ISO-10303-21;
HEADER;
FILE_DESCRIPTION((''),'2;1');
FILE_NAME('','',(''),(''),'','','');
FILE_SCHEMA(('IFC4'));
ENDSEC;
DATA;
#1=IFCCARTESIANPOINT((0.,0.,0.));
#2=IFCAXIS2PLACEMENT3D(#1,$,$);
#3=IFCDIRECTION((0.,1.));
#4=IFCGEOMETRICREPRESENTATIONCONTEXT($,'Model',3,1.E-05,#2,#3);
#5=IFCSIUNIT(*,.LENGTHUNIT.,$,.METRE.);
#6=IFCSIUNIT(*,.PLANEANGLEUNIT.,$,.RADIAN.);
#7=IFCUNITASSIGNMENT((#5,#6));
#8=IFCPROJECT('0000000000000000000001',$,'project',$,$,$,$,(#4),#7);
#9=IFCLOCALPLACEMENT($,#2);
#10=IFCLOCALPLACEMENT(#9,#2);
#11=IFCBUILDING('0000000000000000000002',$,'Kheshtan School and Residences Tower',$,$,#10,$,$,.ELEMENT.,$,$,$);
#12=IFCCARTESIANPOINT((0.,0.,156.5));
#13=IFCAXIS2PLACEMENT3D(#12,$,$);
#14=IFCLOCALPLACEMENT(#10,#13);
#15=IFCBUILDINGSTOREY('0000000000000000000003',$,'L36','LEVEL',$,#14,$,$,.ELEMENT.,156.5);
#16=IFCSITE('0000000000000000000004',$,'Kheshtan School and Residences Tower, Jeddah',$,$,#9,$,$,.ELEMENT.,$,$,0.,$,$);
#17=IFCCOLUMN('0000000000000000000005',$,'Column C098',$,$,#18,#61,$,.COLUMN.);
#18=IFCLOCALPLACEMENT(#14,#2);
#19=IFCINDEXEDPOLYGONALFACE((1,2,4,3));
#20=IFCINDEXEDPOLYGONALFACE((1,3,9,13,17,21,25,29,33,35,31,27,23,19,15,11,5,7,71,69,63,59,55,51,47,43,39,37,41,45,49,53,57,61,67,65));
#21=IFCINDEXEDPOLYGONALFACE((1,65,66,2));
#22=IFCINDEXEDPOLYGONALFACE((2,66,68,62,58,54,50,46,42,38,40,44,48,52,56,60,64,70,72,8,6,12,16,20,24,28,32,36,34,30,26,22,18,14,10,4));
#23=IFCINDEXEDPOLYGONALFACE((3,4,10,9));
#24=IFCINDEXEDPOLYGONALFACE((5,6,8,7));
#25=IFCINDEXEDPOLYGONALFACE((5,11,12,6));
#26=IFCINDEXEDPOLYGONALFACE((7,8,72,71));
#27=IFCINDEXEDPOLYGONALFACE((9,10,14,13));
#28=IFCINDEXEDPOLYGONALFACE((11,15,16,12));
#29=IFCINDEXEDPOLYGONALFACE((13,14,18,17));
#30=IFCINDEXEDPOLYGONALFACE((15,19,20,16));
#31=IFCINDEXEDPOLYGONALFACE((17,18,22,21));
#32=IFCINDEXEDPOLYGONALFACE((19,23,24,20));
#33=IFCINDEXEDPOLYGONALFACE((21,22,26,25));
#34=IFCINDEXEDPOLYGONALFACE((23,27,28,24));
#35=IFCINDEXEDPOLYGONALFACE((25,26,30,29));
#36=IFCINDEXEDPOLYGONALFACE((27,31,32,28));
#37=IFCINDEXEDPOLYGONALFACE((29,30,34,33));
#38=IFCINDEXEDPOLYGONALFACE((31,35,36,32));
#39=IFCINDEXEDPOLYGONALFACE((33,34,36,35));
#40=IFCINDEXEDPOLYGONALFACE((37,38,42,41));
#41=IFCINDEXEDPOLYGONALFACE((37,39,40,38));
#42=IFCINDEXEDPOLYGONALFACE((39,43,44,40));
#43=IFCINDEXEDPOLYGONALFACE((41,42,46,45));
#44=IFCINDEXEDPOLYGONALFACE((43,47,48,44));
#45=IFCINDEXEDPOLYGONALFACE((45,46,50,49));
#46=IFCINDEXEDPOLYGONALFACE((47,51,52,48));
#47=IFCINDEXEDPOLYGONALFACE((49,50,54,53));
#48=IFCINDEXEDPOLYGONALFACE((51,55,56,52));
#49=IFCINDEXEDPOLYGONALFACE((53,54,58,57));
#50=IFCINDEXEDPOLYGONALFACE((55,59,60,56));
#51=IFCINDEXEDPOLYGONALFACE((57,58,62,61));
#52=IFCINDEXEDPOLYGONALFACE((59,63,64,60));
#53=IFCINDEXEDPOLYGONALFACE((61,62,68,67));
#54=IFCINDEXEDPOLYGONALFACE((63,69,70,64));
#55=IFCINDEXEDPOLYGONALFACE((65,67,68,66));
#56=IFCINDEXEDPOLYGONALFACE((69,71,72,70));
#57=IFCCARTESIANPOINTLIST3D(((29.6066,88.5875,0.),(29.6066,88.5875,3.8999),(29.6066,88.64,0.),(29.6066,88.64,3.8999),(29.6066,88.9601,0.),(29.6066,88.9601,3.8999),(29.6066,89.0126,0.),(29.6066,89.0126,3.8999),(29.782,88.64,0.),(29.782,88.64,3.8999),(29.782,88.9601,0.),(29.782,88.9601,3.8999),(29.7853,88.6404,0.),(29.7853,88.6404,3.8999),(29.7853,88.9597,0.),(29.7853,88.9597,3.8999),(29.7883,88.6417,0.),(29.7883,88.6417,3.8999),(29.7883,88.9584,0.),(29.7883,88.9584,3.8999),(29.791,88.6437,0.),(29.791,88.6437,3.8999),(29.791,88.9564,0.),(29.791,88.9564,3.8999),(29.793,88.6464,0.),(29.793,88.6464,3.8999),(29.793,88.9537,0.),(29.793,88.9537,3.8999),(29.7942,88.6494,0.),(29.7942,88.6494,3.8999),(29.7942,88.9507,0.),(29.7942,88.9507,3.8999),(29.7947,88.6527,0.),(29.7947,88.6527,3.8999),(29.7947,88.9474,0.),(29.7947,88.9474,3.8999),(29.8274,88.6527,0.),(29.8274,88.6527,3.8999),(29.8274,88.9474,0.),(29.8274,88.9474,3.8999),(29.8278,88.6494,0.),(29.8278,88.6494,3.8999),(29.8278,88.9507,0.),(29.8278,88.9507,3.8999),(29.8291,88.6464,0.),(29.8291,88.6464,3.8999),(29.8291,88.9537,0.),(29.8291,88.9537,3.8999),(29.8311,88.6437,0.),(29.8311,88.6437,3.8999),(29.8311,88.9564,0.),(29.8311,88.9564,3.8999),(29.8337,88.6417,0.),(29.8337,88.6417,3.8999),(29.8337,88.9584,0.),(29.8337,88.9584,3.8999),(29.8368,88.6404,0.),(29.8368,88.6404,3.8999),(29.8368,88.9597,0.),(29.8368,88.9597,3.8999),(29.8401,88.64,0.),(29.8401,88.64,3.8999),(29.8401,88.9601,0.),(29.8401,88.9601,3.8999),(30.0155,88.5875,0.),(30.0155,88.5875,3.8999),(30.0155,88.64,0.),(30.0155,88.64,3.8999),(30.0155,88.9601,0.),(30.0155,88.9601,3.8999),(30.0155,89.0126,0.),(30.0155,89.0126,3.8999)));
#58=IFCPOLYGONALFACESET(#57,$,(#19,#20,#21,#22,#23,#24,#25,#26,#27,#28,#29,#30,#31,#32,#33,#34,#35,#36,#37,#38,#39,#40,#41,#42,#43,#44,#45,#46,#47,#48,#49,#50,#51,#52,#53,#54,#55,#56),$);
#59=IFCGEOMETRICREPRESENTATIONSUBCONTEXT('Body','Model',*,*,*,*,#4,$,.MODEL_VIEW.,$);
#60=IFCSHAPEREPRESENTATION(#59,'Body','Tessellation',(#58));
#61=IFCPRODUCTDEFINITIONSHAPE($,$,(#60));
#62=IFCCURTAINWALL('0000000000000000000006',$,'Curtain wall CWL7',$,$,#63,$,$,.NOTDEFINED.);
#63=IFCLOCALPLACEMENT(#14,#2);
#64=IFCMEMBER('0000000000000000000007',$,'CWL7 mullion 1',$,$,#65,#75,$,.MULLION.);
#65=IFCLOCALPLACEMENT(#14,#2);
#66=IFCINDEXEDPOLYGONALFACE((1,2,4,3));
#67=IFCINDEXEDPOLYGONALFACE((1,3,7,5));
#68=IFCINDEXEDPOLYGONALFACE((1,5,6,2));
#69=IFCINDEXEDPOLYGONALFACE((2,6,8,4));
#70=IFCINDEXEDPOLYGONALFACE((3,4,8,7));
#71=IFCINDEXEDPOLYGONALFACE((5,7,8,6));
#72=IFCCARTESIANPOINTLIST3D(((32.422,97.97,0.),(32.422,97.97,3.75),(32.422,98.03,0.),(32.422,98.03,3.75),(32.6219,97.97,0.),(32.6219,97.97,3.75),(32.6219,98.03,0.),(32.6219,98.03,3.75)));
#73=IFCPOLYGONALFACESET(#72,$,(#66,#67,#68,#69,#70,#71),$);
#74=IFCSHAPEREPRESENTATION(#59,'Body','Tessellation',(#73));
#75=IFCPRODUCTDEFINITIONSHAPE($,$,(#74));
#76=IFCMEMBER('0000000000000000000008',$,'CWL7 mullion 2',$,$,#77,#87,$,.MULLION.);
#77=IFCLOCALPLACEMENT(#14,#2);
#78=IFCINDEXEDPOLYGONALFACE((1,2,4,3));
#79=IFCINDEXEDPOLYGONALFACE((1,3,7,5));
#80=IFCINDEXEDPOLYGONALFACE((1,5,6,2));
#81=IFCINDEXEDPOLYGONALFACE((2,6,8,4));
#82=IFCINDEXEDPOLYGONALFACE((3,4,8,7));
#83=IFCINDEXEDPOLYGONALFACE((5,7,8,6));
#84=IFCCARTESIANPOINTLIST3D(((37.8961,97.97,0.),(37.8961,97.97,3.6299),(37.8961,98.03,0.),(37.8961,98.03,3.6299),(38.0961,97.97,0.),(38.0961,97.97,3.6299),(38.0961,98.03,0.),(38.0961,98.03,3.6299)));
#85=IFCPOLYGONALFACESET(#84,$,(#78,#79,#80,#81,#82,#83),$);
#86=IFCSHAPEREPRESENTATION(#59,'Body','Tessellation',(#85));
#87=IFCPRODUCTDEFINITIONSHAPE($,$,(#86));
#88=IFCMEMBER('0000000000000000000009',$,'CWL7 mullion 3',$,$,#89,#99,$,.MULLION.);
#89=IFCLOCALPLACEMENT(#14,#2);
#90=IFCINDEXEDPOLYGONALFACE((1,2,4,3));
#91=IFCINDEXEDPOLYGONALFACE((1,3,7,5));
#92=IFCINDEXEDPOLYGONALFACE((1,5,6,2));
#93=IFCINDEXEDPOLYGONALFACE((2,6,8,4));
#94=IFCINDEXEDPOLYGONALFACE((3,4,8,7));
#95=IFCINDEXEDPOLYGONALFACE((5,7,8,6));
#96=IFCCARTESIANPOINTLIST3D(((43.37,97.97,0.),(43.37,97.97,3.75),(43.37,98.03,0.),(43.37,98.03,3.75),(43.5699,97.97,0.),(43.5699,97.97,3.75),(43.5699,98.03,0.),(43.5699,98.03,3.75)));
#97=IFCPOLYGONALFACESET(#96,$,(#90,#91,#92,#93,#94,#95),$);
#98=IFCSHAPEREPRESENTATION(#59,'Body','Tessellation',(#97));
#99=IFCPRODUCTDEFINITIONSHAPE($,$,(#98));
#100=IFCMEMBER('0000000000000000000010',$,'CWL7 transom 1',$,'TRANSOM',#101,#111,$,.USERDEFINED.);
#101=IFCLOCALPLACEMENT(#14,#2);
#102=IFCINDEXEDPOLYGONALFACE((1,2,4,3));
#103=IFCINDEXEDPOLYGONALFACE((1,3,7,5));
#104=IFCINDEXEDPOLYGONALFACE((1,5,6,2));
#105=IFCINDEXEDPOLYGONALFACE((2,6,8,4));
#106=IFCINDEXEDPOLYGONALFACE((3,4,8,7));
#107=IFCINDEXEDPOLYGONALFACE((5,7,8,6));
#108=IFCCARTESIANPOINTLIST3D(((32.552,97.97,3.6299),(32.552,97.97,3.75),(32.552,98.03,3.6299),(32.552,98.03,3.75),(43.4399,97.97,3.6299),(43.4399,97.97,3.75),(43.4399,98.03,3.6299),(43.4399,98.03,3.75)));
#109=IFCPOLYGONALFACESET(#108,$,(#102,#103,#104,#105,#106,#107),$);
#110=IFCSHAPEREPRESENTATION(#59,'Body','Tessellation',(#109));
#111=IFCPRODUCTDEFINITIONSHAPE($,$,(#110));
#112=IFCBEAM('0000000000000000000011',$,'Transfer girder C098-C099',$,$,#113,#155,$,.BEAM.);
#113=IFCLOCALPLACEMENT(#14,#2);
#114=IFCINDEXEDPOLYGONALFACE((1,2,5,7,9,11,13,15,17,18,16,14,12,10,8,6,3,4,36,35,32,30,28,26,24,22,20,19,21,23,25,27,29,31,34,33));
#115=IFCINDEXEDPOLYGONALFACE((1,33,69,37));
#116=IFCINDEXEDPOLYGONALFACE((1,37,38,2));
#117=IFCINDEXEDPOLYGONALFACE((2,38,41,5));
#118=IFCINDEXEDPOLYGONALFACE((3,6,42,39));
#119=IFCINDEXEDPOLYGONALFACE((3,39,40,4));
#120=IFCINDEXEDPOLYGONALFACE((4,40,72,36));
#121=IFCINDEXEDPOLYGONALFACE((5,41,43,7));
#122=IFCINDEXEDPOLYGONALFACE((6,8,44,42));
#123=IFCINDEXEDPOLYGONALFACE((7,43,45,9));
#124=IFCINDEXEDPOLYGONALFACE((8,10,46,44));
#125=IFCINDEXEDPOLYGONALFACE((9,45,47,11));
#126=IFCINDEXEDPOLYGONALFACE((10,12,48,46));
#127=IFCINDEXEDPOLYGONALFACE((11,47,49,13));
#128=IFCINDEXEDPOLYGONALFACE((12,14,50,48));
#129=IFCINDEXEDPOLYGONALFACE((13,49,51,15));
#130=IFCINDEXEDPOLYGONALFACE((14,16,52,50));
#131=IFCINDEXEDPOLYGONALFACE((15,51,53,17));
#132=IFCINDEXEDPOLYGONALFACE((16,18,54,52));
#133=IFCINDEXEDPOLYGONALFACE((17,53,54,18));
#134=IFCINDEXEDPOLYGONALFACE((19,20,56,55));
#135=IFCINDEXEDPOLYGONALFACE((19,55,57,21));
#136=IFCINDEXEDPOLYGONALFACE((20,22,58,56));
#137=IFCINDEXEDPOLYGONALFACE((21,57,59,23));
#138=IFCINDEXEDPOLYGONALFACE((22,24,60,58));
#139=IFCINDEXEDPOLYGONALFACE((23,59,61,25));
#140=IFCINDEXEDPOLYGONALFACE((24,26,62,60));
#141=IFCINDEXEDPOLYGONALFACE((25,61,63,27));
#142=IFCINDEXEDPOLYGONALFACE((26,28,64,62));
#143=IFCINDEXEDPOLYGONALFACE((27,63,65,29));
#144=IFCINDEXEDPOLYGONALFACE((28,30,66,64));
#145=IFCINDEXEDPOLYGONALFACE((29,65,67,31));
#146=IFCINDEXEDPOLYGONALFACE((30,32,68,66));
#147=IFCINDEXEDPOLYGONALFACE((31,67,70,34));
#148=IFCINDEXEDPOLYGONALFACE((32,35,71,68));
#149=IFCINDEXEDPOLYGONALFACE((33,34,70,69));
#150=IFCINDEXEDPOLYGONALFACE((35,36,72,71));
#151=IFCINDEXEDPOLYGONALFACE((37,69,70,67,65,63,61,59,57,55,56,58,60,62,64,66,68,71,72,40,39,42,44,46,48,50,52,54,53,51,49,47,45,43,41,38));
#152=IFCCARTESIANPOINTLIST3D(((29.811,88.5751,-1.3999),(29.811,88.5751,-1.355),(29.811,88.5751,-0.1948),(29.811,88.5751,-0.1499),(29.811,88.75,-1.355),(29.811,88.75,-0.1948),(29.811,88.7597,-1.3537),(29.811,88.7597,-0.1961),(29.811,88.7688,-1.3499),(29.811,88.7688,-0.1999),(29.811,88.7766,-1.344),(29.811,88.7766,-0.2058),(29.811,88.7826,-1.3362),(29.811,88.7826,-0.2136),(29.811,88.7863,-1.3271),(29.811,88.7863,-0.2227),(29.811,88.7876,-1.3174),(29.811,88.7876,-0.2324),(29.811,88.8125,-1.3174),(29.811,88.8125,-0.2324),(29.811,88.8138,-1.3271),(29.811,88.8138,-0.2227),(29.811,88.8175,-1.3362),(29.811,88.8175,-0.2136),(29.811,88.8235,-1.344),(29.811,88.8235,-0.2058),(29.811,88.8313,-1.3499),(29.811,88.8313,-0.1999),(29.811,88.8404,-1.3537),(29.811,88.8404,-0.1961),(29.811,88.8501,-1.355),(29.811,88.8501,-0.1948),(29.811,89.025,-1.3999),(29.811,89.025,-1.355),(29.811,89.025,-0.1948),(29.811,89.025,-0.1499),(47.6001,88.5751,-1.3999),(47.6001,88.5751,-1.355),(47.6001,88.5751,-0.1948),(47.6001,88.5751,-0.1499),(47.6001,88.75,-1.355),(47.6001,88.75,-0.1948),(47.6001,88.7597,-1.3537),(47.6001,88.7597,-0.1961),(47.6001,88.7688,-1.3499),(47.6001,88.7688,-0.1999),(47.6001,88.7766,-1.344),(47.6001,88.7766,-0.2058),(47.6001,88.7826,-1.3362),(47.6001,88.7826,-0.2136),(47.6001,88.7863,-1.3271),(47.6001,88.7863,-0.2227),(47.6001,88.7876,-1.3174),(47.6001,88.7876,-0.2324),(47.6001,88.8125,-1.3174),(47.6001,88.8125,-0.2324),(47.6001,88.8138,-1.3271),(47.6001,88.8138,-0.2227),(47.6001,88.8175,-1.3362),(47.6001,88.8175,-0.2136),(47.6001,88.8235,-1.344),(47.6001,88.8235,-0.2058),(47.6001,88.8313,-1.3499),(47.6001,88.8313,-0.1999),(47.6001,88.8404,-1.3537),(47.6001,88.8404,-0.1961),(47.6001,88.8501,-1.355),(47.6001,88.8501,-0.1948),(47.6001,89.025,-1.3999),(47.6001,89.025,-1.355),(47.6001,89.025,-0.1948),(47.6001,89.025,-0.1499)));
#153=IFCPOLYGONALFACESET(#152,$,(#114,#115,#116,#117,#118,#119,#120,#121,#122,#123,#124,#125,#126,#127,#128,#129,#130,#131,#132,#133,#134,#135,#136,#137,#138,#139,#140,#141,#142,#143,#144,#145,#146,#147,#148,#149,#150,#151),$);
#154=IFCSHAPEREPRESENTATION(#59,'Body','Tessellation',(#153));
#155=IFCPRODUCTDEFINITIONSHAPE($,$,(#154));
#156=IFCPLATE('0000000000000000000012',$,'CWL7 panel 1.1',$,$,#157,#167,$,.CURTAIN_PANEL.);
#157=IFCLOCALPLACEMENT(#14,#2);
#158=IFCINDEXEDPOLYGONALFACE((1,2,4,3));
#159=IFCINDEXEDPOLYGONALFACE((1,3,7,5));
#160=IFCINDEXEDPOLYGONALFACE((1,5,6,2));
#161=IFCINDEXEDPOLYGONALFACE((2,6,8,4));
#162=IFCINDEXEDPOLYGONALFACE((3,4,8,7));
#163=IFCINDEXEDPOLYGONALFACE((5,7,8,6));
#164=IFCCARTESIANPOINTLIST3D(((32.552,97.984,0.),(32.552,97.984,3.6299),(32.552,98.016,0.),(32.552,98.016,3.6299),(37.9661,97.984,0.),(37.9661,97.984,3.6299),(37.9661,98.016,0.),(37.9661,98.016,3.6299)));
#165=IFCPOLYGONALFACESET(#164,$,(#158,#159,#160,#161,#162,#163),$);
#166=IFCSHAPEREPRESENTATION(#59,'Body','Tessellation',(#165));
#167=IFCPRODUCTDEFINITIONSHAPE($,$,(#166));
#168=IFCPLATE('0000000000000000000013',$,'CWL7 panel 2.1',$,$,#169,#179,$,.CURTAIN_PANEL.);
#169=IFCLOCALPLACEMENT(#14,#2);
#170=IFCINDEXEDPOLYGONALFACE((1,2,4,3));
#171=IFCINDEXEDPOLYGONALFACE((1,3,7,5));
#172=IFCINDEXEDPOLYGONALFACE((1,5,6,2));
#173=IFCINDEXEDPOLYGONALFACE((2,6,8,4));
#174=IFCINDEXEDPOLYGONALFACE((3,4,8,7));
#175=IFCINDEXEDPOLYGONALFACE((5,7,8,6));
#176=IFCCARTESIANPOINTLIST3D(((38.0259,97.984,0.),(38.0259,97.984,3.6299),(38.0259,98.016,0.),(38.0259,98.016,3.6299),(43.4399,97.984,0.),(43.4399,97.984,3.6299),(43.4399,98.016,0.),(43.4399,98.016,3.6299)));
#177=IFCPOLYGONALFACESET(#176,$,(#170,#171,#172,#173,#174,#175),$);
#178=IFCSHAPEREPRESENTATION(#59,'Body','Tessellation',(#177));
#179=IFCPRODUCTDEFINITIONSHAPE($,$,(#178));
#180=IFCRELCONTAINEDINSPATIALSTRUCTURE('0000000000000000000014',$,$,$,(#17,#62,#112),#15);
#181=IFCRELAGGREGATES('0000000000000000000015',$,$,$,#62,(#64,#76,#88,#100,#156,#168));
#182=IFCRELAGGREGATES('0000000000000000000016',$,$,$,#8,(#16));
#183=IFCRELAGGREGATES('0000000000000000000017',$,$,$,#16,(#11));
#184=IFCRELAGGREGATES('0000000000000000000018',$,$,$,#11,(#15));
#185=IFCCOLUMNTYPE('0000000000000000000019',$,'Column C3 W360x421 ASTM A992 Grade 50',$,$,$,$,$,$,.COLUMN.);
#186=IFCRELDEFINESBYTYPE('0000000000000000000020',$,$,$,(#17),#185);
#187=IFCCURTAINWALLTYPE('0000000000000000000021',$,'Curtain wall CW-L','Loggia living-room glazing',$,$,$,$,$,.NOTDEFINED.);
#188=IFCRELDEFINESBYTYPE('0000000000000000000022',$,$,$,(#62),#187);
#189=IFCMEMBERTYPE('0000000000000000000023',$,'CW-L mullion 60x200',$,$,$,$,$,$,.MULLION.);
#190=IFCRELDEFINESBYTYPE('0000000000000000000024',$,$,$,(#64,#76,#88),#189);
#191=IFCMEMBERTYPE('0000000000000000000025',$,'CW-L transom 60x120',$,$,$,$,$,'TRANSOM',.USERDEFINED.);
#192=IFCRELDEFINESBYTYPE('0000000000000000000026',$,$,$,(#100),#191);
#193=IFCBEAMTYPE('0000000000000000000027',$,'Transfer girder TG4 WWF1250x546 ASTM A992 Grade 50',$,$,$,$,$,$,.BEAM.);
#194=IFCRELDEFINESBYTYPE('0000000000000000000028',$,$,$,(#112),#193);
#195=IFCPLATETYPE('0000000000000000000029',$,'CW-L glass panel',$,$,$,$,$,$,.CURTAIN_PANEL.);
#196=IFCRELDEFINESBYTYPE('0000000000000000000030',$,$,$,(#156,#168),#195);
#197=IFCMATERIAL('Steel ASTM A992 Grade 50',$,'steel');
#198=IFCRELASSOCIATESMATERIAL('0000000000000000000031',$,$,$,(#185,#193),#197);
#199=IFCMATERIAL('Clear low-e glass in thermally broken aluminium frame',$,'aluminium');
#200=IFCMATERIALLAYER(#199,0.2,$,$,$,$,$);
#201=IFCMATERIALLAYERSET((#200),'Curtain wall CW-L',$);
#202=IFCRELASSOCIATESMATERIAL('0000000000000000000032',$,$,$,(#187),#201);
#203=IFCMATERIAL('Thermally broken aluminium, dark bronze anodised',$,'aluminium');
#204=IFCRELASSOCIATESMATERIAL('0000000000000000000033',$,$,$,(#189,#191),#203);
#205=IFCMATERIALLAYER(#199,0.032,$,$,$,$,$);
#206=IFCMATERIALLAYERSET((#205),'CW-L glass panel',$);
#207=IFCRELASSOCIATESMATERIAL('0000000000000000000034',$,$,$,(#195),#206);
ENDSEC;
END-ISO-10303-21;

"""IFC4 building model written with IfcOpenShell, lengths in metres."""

from ifc_helpers import new_model, si_unit, direction, frame, origin, origin_2d, place, context, subcontext, project, spatial, rectangle, i_section, extrude, material, layer, layer_set, material_profile, profile_set, type_object, element, aggregate, save


model = new_model("IFC4")

# Units and contexts
model_context = context("Model", 3, precision=1e-05, world=origin(), true_north=direction((0.0, 1.0)))
body_context = subcontext(model_context, "Body", "Model", "MODEL_VIEW")
ifc_project = project(units=[si_unit("LENGTHUNIT", "METRE"), si_unit("PLANEANGLEUNIT", "RADIAN")], contexts=[model_context])

# Site, building, storey
site_placement = place(None, origin())
site = spatial("IfcSite", under=ifc_project, at=site_placement, Name="Kheshtan School and Residences Tower, Jeddah", CompositionType="ELEMENT", RefElevation=0.0)
building_placement = place(site_placement, origin())
building = spatial("IfcBuilding", under=site, at=building_placement, Name="Kheshtan School and Residences Tower", CompositionType="ELEMENT")
storey_placement = place(building_placement, frame((0.0, 0.0, 156.5)))
storey = spatial("IfcBuildingStorey", under=building, at=storey_placement, Name="L36", Description="LEVEL", CompositionType="ELEMENT", Elevation=156.5)

# Column
ifc_material_1 = material(Name="Steel ASTM A992 Grade 50", Category="steel")
ifc_material_profile_1 = material_profile(ifc_material_1, i_section(OverallWidth=0.4089, OverallDepth=0.425, WebThickness=0.0327, FlangeThickness=0.0525, FilletRadius=0.0127, at=origin_2d()), Name="W360x421")
ifc_profile_set_1 = profile_set([ifc_material_profile_1], Name="Steel ASTM A992 Grade 50")
column_type = type_object("IfcColumnType", Name="Column C3 W360x421 ASTM A992 Grade 50", PredefinedType="COLUMN", material=ifc_profile_set_1)
column_placement = place(storey_placement, frame((29.811, 88.8, 0.0), z_axis=(0.0, 0.0, 1.0), x_axis=(1.0, 0.0, 0.0)))
element("IfcColumn", 1, at=column_placement, inside=storey, type_object=column_type, Name="Column C098", PredefinedType="COLUMN", context=body_context, shape_type="SweptSolid", body=[
    extrude(i_section(OverallWidth=0.4089, OverallDepth=0.425, WebThickness=0.0327, FlangeThickness=0.0525, FilletRadius=0.0127, at=origin_2d()), origin(), (0.0, 0.0, 1.0), 3.8999),
])

# Curtain wall, members
ifc_material_2 = material(Name="Clear low-e glass in thermally broken aluminium frame", Category="aluminium")
ifc_layer_1 = layer(ifc_material_2, 0.2)
ifc_layer_set_1 = layer_set([ifc_layer_1], Name="Curtain wall CW-L")
curtain_wall_type = type_object("IfcCurtainWallType", Name="Curtain wall CW-L", Description="Loggia living-room glazing", PredefinedType="NOTDEFINED", material=ifc_layer_set_1)
curtain_wall_placement = place(storey_placement, origin())
curtain_wall = element("IfcCurtainWall", 2, at=curtain_wall_placement, inside=storey, type_object=curtain_wall_type, Name="Curtain wall CWL7", PredefinedType="NOTDEFINED")
ifc_material_3 = material(Name="Thermally broken aluminium, dark bronze anodised", Category="aluminium")
ifc_material_profile_2 = material_profile(ifc_material_3, rectangle(XDim=0.0601, YDim=0.2, at=origin_2d()), Name="CW-L mullion 60x200")
ifc_profile_set_2 = profile_set([ifc_material_profile_2], Name="Thermally broken aluminium, dark bronze anodised")
member_type_1 = type_object("IfcMemberType", Name="CW-L mullion 60x200", PredefinedType="MULLION", material=ifc_profile_set_2)
member_1_placement = place(storey_placement, frame((32.522, 98.0, 0.0), z_axis=(0.0, 0.0, 1.0), x_axis=(0.0, 1.0, 0.0)))
member_1 = element("IfcMember", 3, at=member_1_placement, type_object=member_type_1, Name="CWL7 mullion 1", PredefinedType="MULLION", context=body_context, shape_type="SweptSolid", body=[
    extrude(rectangle(XDim=0.0601, YDim=0.2, at=origin_2d()), origin(), (0.0, 0.0, 1.0), 3.75),
])
member_2_placement = place(storey_placement, frame((37.9961, 98.0, 0.0), z_axis=(0.0, 0.0, 1.0), x_axis=(0.0, 1.0, 0.0)))
member_2 = element("IfcMember", 4, at=member_2_placement, type_object=member_type_1, Name="CWL7 mullion 2", PredefinedType="MULLION", context=body_context, shape_type="SweptSolid", body=[
    extrude(rectangle(XDim=0.0601, YDim=0.2, at=origin_2d()), origin(), (0.0, 0.0, 1.0), 3.6299),
])
member_3_placement = place(storey_placement, frame((43.47, 98.0, 0.0), z_axis=(0.0, 0.0, 1.0), x_axis=(0.0, 1.0, 0.0)))
member_3 = element("IfcMember", 5, at=member_3_placement, type_object=member_type_1, Name="CWL7 mullion 3", PredefinedType="MULLION", context=body_context, shape_type="SweptSolid", body=[
    extrude(rectangle(XDim=0.0601, YDim=0.2, at=origin_2d()), origin(), (0.0, 0.0, 1.0), 3.75),
])
ifc_material_profile_3 = material_profile(ifc_material_3, rectangle(XDim=0.0601, YDim=0.1201, at=origin_2d()), Name="CW-L transom 60x120")
ifc_profile_set_3 = profile_set([ifc_material_profile_3], Name="Thermally broken aluminium, dark bronze anodised")
member_type_2 = type_object("IfcMemberType", Name="CW-L transom 60x120", ElementType="TRANSOM", PredefinedType="USERDEFINED", material=ifc_profile_set_3)
member_4_placement = place(storey_placement, frame((32.552, 98.0, 3.6899), z_axis=(1.0, 0.0, 0.0), x_axis=(0.0, 1.0, 0.0)))
member_4 = element("IfcMember", 6, at=member_4_placement, type_object=member_type_2, Name="CWL7 transom 1", ObjectType="TRANSOM", PredefinedType="USERDEFINED", context=body_context, shape_type="SweptSolid", body=[
    extrude(rectangle(XDim=0.0601, YDim=0.1201, at=origin_2d()), origin(), (0.0, 0.0, 1.0), 10.8879),
])

# Beam
ifc_material_profile_4 = material_profile(ifc_material_1, i_section(OverallWidth=0.45, OverallDepth=1.25, WebThickness=0.0249, FlangeThickness=0.0449, FilletRadius=0.0376, at=origin_2d()), Name="WWF1250x546")
ifc_profile_set_4 = profile_set([ifc_material_profile_4], Name="Steel ASTM A992 Grade 50")
beam_type = type_object("IfcBeamType", Name="Transfer girder TG4 WWF1250x546 ASTM A992 Grade 50", PredefinedType="BEAM", material=ifc_profile_set_4)
beam_placement = place(storey_placement, frame((29.811, 88.8, -0.7749), z_axis=(1.0, 0.0, 0.0), x_axis=(0.0, 1.0, 0.0)))
element("IfcBeam", 7, at=beam_placement, inside=storey, type_object=beam_type, Name="Transfer girder C098-C099", PredefinedType="BEAM", context=body_context, shape_type="SweptSolid", body=[
    extrude(i_section(OverallWidth=0.45, OverallDepth=1.25, WebThickness=0.0249, FlangeThickness=0.0449, FilletRadius=0.0376, at=origin_2d()), origin(), (0.0, 0.0, 1.0), 17.7891),
])

# Plates
ifc_layer_2 = layer(ifc_material_2, 0.032)
ifc_layer_set_2 = layer_set([ifc_layer_2], Name="CW-L glass panel")
plate_type = type_object("IfcPlateType", Name="CW-L glass panel", PredefinedType="CURTAIN_PANEL", material=ifc_layer_set_2)
plate_1_placement = place(storey_placement, frame((35.259, 98.0, 0.0), z_axis=(0.0, 0.0, 1.0), x_axis=(1.0, 0.0, 0.0)))
plate_1 = element("IfcPlate", 8, at=plate_1_placement, type_object=plate_type, Name="CWL7 panel 1.1", PredefinedType="CURTAIN_PANEL", context=body_context, shape_type="SweptSolid", body=[
    extrude(rectangle(XDim=5.4141, YDim=0.032, at=origin_2d()), origin(), (0.0, 0.0, 1.0), 3.6299),
])
plate_2_placement = place(storey_placement, frame((40.7329, 98.0, 0.0), z_axis=(0.0, 0.0, 1.0), x_axis=(1.0, 0.0, 0.0)))
plate_2 = element("IfcPlate", 9, at=plate_2_placement, type_object=plate_type, Name="CWL7 panel 2.1", PredefinedType="CURTAIN_PANEL", context=body_context, shape_type="SweptSolid", body=[
    extrude(rectangle(XDim=5.4141, YDim=0.032, at=origin_2d()), origin(), (0.0, 0.0, 1.0), 3.6299),
])
aggregate(curtain_wall, [member_1, member_2, member_3, member_4, plate_1, plate_2])

save(model, "model.ifc")
